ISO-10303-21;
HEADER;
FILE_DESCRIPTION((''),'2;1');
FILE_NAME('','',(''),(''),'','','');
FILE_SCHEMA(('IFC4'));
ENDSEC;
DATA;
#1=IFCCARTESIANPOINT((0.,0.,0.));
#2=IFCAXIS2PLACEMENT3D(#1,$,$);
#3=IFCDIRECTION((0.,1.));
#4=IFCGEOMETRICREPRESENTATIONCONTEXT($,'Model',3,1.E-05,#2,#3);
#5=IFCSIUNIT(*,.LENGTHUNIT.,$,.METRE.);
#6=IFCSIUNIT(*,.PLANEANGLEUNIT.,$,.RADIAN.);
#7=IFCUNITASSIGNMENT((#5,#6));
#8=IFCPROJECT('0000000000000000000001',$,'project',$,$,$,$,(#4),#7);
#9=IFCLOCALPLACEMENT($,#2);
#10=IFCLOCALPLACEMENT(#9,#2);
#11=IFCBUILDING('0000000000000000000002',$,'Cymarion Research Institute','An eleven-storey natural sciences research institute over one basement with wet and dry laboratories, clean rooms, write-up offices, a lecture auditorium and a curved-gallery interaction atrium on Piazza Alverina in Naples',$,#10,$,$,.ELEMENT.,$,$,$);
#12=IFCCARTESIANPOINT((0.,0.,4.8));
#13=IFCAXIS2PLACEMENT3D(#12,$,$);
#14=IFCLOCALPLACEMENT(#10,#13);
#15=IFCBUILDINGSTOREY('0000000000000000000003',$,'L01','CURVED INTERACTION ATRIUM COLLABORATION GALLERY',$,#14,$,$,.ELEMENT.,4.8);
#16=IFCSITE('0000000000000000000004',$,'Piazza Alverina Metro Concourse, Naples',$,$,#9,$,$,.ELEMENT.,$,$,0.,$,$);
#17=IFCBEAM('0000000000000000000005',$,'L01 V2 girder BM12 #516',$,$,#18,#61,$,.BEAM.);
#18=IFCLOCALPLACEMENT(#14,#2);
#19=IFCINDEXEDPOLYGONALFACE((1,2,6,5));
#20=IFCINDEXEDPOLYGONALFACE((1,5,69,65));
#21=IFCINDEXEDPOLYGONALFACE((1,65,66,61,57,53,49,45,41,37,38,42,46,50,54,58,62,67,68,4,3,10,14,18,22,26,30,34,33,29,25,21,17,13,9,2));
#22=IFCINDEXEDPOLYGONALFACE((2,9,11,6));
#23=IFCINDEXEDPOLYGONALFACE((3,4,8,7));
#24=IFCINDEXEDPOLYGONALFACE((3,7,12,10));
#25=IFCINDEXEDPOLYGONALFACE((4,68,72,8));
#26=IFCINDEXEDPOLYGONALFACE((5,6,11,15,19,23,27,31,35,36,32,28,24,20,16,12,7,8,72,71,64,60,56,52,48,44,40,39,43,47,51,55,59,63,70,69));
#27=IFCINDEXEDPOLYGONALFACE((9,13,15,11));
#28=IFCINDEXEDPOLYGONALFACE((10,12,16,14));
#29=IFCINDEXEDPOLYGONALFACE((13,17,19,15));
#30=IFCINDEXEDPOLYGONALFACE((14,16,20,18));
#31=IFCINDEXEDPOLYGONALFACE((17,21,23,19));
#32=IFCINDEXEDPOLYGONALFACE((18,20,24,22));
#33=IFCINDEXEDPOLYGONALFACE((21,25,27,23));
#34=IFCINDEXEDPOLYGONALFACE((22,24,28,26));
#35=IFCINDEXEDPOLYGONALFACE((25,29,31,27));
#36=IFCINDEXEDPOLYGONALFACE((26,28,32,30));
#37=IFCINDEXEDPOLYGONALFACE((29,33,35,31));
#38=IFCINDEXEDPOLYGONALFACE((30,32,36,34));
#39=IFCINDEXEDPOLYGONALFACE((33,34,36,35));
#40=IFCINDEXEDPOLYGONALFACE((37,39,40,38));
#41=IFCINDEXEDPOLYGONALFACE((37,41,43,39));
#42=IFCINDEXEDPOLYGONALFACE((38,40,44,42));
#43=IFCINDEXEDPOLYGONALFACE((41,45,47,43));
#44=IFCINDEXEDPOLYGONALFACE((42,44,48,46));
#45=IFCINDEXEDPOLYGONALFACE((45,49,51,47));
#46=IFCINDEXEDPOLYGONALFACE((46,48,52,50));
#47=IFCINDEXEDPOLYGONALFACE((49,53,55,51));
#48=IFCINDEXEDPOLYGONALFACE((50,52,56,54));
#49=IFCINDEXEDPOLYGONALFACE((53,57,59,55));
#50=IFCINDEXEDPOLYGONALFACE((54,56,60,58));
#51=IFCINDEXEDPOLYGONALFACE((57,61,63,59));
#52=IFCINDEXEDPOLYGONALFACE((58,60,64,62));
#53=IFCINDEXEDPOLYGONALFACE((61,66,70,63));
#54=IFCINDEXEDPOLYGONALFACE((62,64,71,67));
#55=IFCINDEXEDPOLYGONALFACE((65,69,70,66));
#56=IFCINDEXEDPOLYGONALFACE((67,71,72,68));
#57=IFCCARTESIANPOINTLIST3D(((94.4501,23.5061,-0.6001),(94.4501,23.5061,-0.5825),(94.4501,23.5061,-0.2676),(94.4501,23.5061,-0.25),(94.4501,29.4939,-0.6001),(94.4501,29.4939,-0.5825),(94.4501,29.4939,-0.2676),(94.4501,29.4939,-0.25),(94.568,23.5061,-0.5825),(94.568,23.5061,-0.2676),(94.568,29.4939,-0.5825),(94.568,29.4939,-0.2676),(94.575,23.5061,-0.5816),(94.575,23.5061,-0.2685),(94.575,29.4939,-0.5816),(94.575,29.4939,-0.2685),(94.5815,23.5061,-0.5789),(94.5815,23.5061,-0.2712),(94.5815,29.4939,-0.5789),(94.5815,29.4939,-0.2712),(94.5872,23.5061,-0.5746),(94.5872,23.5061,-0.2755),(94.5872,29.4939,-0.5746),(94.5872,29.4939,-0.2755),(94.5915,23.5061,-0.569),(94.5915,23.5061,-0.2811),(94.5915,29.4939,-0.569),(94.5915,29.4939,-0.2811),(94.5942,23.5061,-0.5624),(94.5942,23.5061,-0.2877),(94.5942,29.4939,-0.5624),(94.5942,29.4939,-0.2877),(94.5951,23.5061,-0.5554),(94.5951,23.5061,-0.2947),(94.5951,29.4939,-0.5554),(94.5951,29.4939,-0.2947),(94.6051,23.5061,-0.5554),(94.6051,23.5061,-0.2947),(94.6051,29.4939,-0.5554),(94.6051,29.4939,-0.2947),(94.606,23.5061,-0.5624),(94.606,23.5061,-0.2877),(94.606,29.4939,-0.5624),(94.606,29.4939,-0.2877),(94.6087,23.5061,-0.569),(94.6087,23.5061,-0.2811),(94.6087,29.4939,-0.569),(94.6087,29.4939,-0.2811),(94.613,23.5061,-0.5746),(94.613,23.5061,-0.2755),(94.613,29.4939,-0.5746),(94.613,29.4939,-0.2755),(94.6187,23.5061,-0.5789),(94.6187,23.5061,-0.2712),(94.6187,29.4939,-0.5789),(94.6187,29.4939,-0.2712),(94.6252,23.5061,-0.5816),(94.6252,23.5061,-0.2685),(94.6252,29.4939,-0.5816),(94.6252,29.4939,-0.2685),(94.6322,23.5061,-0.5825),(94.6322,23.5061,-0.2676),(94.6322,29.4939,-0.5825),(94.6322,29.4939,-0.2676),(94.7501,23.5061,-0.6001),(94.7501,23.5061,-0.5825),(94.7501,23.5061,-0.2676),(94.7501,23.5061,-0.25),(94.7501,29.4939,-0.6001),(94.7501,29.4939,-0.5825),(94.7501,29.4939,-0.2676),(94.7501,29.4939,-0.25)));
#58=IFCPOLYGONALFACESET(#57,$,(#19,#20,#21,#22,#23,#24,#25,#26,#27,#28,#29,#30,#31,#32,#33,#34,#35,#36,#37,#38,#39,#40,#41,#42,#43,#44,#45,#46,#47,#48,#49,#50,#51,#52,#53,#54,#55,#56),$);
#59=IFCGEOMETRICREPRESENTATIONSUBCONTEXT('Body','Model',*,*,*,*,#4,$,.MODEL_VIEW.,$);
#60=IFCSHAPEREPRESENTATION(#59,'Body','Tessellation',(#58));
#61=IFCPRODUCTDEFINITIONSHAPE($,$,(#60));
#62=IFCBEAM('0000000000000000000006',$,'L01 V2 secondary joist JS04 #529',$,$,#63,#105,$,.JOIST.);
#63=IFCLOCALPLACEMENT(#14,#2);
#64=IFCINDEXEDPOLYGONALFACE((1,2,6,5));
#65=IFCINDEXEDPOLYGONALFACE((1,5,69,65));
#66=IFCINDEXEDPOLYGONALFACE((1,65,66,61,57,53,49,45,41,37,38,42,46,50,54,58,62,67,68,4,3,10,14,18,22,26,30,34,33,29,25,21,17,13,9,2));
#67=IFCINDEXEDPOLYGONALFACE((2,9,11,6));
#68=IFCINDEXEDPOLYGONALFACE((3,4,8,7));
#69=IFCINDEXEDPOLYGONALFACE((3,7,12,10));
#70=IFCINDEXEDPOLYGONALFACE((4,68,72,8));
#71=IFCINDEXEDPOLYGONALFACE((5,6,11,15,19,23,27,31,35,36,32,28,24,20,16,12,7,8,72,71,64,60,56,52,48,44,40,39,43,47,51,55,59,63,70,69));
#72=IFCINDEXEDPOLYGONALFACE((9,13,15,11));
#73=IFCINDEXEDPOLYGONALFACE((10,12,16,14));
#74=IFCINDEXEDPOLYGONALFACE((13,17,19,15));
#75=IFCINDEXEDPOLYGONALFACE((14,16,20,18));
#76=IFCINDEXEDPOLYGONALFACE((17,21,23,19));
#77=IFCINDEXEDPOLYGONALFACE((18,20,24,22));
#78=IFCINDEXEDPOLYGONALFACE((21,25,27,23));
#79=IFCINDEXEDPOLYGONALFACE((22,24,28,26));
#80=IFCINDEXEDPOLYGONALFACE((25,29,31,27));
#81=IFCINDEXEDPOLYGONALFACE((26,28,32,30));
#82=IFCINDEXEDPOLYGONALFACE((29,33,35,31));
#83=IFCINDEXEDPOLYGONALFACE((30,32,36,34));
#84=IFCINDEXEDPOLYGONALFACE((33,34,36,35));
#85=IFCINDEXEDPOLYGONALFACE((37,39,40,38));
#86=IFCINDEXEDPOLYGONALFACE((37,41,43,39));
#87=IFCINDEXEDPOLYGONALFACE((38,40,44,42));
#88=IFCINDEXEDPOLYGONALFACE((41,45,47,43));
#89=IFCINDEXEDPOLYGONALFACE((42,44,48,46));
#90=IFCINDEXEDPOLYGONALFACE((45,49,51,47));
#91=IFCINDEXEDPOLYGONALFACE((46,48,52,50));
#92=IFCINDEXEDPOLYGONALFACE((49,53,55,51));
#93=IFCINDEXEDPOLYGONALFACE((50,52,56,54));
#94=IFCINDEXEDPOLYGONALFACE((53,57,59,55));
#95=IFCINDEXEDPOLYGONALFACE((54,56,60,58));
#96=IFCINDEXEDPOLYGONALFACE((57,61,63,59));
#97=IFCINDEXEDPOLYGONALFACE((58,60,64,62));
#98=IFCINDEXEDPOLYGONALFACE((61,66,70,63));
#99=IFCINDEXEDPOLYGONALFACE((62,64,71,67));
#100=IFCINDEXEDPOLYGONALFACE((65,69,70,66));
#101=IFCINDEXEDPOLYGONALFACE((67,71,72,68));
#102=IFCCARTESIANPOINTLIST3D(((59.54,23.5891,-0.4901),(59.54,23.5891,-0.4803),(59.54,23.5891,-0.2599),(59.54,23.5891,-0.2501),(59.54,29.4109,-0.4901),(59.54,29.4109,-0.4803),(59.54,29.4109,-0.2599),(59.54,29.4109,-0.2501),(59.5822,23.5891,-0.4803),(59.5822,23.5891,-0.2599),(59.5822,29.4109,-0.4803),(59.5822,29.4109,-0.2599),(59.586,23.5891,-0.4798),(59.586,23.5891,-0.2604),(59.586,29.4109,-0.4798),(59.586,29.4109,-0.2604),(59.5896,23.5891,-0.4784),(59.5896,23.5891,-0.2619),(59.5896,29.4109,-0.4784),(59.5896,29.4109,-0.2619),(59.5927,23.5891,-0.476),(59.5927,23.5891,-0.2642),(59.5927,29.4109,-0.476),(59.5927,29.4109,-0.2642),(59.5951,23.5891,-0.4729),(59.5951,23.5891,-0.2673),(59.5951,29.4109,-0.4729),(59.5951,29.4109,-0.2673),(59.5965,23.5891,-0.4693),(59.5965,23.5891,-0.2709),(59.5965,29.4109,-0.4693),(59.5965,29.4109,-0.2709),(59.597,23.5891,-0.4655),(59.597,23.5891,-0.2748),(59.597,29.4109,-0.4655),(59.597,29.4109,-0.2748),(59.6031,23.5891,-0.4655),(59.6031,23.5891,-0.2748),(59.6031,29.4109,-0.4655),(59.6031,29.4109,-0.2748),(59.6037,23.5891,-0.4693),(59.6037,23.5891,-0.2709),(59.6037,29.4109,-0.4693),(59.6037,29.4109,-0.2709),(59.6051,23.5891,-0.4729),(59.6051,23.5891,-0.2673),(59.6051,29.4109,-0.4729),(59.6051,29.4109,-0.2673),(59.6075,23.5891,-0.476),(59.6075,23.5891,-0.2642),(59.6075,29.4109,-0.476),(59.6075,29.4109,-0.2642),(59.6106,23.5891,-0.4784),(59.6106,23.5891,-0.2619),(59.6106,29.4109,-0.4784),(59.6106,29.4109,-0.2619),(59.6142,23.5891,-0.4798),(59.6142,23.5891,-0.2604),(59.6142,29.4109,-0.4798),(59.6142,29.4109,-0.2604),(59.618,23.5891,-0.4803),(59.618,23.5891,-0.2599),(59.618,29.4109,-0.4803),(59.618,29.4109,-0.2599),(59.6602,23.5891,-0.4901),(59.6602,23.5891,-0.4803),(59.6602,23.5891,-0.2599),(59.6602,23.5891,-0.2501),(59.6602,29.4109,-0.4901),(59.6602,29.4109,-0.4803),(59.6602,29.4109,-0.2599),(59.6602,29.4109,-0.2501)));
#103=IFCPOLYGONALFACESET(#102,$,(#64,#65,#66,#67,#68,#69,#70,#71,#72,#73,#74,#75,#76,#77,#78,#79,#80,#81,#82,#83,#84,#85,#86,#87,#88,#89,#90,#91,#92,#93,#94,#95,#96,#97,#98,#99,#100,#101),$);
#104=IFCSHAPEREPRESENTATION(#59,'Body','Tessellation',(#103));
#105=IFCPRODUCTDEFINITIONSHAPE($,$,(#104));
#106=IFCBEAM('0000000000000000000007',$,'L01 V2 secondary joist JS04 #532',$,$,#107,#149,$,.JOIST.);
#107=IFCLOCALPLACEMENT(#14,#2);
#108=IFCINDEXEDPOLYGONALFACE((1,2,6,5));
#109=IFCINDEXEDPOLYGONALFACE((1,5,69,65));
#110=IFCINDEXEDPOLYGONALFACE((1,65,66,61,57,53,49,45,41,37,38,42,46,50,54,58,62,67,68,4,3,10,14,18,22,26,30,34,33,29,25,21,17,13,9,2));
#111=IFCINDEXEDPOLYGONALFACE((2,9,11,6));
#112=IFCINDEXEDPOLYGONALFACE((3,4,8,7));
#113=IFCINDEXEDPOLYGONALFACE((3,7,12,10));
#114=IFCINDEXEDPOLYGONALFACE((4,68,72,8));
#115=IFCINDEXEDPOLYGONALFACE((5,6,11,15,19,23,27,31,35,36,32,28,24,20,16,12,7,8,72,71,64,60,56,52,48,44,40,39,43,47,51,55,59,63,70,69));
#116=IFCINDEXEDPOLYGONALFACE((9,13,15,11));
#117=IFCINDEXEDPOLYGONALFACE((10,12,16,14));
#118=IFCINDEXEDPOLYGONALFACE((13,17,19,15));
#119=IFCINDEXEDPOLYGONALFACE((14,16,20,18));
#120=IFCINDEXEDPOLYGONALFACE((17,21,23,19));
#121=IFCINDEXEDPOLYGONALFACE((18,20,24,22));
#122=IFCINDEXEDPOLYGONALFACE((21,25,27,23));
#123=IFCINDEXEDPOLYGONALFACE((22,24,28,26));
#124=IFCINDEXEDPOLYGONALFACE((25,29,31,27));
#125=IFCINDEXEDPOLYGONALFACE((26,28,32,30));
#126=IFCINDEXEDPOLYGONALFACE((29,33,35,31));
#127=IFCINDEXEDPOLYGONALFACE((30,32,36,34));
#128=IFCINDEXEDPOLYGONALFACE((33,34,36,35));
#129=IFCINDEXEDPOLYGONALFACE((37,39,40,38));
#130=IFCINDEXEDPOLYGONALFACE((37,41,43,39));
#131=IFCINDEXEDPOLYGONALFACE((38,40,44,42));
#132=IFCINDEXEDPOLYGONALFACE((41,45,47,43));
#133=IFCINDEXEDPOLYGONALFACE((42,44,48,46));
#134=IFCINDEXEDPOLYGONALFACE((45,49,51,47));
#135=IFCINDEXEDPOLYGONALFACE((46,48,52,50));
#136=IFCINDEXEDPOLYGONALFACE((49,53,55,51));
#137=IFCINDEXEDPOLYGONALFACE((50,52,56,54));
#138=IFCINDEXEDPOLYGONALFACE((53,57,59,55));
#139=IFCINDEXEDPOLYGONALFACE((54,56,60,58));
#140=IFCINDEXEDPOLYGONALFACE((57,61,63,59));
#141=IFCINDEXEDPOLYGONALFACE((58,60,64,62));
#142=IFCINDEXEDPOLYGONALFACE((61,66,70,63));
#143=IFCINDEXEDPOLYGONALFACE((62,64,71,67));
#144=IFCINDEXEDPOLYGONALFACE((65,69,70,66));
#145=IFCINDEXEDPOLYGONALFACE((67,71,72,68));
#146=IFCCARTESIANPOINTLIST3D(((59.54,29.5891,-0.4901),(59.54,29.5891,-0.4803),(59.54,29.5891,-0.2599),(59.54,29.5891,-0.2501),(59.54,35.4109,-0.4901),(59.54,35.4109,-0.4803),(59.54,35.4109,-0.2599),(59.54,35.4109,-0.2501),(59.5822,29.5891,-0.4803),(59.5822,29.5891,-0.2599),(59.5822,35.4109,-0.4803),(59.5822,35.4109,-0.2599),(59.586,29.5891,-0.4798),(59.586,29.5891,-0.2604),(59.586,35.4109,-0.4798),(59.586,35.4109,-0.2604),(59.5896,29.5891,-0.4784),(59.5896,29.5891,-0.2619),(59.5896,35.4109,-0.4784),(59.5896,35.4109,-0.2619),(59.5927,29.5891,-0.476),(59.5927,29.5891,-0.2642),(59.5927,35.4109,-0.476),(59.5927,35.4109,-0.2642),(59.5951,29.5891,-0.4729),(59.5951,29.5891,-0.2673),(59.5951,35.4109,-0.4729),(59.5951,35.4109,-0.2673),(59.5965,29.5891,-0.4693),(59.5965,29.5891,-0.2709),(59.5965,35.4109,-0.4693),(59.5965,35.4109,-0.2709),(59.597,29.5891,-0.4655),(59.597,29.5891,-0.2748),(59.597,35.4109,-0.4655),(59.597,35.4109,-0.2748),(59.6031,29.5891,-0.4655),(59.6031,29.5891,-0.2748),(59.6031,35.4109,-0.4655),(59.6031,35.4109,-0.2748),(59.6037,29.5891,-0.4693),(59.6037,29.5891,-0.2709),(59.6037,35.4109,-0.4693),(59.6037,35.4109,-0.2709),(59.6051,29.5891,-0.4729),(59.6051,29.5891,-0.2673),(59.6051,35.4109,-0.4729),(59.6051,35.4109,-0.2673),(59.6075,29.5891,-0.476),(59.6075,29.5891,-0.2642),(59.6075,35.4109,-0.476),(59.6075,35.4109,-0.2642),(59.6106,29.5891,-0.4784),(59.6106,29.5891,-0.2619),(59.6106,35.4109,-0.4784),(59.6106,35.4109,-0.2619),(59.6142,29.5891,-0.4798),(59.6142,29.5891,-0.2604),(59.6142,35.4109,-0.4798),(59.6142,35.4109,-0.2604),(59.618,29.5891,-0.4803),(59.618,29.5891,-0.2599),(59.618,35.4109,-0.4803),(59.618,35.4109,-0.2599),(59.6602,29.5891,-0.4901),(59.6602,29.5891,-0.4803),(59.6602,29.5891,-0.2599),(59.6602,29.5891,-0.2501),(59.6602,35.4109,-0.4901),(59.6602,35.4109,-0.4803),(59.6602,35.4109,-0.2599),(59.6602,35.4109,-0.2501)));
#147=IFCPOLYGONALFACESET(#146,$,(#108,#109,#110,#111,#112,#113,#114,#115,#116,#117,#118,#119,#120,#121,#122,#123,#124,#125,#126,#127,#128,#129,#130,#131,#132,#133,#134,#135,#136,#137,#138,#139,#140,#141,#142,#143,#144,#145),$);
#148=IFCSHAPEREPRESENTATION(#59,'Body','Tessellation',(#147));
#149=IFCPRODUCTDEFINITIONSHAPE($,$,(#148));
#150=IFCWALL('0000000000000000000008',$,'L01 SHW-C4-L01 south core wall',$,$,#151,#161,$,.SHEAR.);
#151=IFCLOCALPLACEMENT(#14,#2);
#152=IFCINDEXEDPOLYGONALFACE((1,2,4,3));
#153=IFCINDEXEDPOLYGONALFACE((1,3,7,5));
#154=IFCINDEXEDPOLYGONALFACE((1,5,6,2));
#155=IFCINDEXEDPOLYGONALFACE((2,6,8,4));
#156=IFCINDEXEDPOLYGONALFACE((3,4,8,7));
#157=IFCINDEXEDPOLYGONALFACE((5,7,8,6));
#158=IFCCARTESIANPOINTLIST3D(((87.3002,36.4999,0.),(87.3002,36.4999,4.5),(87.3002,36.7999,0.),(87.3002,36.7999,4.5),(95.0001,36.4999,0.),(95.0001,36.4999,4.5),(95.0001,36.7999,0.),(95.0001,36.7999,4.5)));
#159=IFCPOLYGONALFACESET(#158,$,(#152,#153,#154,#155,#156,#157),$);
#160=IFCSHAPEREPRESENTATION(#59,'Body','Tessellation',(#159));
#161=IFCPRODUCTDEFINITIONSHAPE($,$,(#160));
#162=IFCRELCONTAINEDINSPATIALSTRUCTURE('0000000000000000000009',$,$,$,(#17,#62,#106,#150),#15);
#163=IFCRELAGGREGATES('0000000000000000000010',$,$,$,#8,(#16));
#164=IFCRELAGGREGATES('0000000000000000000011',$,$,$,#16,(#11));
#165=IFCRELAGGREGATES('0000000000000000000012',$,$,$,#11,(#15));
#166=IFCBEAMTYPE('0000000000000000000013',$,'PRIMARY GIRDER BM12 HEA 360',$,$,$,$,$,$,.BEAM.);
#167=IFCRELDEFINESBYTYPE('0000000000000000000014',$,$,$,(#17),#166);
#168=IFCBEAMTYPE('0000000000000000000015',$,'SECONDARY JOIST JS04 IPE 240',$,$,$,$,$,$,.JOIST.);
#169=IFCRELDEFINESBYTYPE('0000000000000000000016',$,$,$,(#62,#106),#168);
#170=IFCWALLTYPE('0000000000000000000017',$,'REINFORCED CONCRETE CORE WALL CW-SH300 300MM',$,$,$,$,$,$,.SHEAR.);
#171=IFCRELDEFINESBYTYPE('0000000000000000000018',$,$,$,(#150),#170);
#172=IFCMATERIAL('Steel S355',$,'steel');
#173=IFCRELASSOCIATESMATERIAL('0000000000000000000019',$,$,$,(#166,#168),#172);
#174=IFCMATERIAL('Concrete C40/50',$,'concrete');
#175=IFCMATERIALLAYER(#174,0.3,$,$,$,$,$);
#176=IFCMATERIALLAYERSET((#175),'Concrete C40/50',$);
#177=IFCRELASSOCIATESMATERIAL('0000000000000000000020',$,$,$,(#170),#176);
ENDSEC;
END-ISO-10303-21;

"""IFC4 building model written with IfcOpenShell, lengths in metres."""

from ifc_helpers import new_model, si_unit, direction, frame, frame_2d, origin, origin_2d, place, context, subcontext, project, spatial, rectangle, i_section, extrude, material, layer, layer_set, material_profile, profile_set, type_object, element, save


model = new_model("IFC4")

# Units and contexts
model_context = context("Model", 3, precision=1e-05, world=origin(), true_north=direction((0.0, 1.0)))
body_context = subcontext(model_context, "Body", "Model", "MODEL_VIEW")
ifc_project = project(units=[si_unit("LENGTHUNIT", "METRE"), si_unit("PLANEANGLEUNIT", "RADIAN")], contexts=[model_context])

# Site, building, storey
site_placement = place(None, origin())
site = spatial("IfcSite", under=ifc_project, at=site_placement, Name="Piazza Alverina Metro Concourse, Naples", CompositionType="ELEMENT", RefElevation=0.0)
building_placement = place(site_placement, origin())
building = spatial("IfcBuilding", under=site, at=building_placement, Name="Cymarion Research Institute", Description="An eleven-storey natural sciences research institute over one basement with wet and dry laboratories, clean rooms, write-up offices, a lecture auditorium and a curved-gallery interaction atrium on Piazza Alverina in Naples", CompositionType="ELEMENT")
storey_placement = place(building_placement, frame((0.0, 0.0, 4.8)))
storey = spatial("IfcBuildingStorey", under=building, at=storey_placement, Name="L01", Description="CURVED INTERACTION ATRIUM COLLABORATION GALLERY", CompositionType="ELEMENT", Elevation=4.8)

# Shared definitions
ifc_material_1 = material(Name="Steel S355", Category="steel")

# Beams
ifc_material_2 = material(Name="Concrete C40/50", Category="concrete")
ifc_material_profile_1 = material_profile(ifc_material_1, i_section(OverallWidth=0.3, OverallDepth=0.3501, WebThickness=0.01, FlangeThickness=0.0176, FilletRadius=0.0271, at=origin_2d()), Name="HEA 360")
ifc_profile_set_1 = profile_set([ifc_material_profile_1], Name="Steel S355")
beam_type_1 = type_object("IfcBeamType", Name="PRIMARY GIRDER BM12 HEA 360", PredefinedType="BEAM", material=ifc_profile_set_1)
for number, where, z_axis, x_axis, name in (
    (1, (94.6001, 23.5061, -0.425), (0.0, 1.0, 0.0), (-1.0, 0.0, 0.0), "L01 V2 girder BM12 #516"),
):
    element("IfcBeam", number, at=place(storey_placement, frame(where, z_axis=z_axis, x_axis=x_axis)), inside=storey, type_object=beam_type_1, Name=name, PredefinedType="BEAM", context=body_context, shape_type="SweptSolid", body=[
        extrude(i_section(OverallWidth=0.3, OverallDepth=0.3501, WebThickness=0.01, FlangeThickness=0.0176, FilletRadius=0.0271, at=origin_2d()), origin(), (0.0, 0.0, 1.0), 5.9878),
    ])
ifc_material_profile_2 = material_profile(ifc_material_1, i_section(OverallWidth=0.1201, OverallDepth=0.24, WebThickness=0.0061, FlangeThickness=0.0098, FilletRadius=0.0149, at=origin_2d()), Name="IPE 240")
ifc_profile_set_2 = profile_set([ifc_material_profile_2], Name="Steel S355")
beam_type_2 = type_object("IfcBeamType", Name="SECONDARY JOIST JS04 IPE 240", PredefinedType="JOIST", material=ifc_profile_set_2)
for number, where, z_axis, x_axis, name in (
    (2, (59.6001, 23.5891, -0.3701), (0.0, 1.0, 0.0), (-1.0, 0.0, 0.0), "L01 V2 secondary joist JS04 #529"),
    (3, (59.6001, 29.5891, -0.3701), (0.0, 1.0, 0.0), (-1.0, 0.0, 0.0), "L01 V2 secondary joist JS04 #532"),
):
    element("IfcBeam", number, at=place(storey_placement, frame(where, z_axis=z_axis, x_axis=x_axis)), inside=storey, type_object=beam_type_2, Name=name, PredefinedType="JOIST", context=body_context, shape_type="SweptSolid", body=[
        extrude(i_section(OverallWidth=0.1201, OverallDepth=0.24, WebThickness=0.0061, FlangeThickness=0.0098, FilletRadius=0.0149, at=origin_2d()), origin(), (0.0, 0.0, 1.0), 5.8218),
    ])

# Wall
ifc_layer = layer(ifc_material_2, 0.3)
ifc_layer_set = layer_set([ifc_layer], Name="Concrete C40/50")
wall_type = type_object("IfcWallType", Name="REINFORCED CONCRETE CORE WALL CW-SH300 300MM", PredefinedType="SHEAR", material=ifc_layer_set)
wall_1_placement = place(storey_placement, frame((87.3, 36.6499, 0.0), z_axis=(0.0, 0.0, 1.0), x_axis=(1.0, 0.0, 0.0)))
element("IfcWall", 4, at=wall_1_placement, inside=storey, type_object=wall_type, Name="L01 SHW-C4-L01 south core wall", PredefinedType="SHEAR", context=body_context, shape_type="SweptSolid", body=[
    extrude(rectangle(XDim=7.7, YDim=0.3, at=frame_2d((3.8501, 0.0))), origin(), (0.0, 0.0, 1.0), 4.5),
])

save(model, "model.ifc")
